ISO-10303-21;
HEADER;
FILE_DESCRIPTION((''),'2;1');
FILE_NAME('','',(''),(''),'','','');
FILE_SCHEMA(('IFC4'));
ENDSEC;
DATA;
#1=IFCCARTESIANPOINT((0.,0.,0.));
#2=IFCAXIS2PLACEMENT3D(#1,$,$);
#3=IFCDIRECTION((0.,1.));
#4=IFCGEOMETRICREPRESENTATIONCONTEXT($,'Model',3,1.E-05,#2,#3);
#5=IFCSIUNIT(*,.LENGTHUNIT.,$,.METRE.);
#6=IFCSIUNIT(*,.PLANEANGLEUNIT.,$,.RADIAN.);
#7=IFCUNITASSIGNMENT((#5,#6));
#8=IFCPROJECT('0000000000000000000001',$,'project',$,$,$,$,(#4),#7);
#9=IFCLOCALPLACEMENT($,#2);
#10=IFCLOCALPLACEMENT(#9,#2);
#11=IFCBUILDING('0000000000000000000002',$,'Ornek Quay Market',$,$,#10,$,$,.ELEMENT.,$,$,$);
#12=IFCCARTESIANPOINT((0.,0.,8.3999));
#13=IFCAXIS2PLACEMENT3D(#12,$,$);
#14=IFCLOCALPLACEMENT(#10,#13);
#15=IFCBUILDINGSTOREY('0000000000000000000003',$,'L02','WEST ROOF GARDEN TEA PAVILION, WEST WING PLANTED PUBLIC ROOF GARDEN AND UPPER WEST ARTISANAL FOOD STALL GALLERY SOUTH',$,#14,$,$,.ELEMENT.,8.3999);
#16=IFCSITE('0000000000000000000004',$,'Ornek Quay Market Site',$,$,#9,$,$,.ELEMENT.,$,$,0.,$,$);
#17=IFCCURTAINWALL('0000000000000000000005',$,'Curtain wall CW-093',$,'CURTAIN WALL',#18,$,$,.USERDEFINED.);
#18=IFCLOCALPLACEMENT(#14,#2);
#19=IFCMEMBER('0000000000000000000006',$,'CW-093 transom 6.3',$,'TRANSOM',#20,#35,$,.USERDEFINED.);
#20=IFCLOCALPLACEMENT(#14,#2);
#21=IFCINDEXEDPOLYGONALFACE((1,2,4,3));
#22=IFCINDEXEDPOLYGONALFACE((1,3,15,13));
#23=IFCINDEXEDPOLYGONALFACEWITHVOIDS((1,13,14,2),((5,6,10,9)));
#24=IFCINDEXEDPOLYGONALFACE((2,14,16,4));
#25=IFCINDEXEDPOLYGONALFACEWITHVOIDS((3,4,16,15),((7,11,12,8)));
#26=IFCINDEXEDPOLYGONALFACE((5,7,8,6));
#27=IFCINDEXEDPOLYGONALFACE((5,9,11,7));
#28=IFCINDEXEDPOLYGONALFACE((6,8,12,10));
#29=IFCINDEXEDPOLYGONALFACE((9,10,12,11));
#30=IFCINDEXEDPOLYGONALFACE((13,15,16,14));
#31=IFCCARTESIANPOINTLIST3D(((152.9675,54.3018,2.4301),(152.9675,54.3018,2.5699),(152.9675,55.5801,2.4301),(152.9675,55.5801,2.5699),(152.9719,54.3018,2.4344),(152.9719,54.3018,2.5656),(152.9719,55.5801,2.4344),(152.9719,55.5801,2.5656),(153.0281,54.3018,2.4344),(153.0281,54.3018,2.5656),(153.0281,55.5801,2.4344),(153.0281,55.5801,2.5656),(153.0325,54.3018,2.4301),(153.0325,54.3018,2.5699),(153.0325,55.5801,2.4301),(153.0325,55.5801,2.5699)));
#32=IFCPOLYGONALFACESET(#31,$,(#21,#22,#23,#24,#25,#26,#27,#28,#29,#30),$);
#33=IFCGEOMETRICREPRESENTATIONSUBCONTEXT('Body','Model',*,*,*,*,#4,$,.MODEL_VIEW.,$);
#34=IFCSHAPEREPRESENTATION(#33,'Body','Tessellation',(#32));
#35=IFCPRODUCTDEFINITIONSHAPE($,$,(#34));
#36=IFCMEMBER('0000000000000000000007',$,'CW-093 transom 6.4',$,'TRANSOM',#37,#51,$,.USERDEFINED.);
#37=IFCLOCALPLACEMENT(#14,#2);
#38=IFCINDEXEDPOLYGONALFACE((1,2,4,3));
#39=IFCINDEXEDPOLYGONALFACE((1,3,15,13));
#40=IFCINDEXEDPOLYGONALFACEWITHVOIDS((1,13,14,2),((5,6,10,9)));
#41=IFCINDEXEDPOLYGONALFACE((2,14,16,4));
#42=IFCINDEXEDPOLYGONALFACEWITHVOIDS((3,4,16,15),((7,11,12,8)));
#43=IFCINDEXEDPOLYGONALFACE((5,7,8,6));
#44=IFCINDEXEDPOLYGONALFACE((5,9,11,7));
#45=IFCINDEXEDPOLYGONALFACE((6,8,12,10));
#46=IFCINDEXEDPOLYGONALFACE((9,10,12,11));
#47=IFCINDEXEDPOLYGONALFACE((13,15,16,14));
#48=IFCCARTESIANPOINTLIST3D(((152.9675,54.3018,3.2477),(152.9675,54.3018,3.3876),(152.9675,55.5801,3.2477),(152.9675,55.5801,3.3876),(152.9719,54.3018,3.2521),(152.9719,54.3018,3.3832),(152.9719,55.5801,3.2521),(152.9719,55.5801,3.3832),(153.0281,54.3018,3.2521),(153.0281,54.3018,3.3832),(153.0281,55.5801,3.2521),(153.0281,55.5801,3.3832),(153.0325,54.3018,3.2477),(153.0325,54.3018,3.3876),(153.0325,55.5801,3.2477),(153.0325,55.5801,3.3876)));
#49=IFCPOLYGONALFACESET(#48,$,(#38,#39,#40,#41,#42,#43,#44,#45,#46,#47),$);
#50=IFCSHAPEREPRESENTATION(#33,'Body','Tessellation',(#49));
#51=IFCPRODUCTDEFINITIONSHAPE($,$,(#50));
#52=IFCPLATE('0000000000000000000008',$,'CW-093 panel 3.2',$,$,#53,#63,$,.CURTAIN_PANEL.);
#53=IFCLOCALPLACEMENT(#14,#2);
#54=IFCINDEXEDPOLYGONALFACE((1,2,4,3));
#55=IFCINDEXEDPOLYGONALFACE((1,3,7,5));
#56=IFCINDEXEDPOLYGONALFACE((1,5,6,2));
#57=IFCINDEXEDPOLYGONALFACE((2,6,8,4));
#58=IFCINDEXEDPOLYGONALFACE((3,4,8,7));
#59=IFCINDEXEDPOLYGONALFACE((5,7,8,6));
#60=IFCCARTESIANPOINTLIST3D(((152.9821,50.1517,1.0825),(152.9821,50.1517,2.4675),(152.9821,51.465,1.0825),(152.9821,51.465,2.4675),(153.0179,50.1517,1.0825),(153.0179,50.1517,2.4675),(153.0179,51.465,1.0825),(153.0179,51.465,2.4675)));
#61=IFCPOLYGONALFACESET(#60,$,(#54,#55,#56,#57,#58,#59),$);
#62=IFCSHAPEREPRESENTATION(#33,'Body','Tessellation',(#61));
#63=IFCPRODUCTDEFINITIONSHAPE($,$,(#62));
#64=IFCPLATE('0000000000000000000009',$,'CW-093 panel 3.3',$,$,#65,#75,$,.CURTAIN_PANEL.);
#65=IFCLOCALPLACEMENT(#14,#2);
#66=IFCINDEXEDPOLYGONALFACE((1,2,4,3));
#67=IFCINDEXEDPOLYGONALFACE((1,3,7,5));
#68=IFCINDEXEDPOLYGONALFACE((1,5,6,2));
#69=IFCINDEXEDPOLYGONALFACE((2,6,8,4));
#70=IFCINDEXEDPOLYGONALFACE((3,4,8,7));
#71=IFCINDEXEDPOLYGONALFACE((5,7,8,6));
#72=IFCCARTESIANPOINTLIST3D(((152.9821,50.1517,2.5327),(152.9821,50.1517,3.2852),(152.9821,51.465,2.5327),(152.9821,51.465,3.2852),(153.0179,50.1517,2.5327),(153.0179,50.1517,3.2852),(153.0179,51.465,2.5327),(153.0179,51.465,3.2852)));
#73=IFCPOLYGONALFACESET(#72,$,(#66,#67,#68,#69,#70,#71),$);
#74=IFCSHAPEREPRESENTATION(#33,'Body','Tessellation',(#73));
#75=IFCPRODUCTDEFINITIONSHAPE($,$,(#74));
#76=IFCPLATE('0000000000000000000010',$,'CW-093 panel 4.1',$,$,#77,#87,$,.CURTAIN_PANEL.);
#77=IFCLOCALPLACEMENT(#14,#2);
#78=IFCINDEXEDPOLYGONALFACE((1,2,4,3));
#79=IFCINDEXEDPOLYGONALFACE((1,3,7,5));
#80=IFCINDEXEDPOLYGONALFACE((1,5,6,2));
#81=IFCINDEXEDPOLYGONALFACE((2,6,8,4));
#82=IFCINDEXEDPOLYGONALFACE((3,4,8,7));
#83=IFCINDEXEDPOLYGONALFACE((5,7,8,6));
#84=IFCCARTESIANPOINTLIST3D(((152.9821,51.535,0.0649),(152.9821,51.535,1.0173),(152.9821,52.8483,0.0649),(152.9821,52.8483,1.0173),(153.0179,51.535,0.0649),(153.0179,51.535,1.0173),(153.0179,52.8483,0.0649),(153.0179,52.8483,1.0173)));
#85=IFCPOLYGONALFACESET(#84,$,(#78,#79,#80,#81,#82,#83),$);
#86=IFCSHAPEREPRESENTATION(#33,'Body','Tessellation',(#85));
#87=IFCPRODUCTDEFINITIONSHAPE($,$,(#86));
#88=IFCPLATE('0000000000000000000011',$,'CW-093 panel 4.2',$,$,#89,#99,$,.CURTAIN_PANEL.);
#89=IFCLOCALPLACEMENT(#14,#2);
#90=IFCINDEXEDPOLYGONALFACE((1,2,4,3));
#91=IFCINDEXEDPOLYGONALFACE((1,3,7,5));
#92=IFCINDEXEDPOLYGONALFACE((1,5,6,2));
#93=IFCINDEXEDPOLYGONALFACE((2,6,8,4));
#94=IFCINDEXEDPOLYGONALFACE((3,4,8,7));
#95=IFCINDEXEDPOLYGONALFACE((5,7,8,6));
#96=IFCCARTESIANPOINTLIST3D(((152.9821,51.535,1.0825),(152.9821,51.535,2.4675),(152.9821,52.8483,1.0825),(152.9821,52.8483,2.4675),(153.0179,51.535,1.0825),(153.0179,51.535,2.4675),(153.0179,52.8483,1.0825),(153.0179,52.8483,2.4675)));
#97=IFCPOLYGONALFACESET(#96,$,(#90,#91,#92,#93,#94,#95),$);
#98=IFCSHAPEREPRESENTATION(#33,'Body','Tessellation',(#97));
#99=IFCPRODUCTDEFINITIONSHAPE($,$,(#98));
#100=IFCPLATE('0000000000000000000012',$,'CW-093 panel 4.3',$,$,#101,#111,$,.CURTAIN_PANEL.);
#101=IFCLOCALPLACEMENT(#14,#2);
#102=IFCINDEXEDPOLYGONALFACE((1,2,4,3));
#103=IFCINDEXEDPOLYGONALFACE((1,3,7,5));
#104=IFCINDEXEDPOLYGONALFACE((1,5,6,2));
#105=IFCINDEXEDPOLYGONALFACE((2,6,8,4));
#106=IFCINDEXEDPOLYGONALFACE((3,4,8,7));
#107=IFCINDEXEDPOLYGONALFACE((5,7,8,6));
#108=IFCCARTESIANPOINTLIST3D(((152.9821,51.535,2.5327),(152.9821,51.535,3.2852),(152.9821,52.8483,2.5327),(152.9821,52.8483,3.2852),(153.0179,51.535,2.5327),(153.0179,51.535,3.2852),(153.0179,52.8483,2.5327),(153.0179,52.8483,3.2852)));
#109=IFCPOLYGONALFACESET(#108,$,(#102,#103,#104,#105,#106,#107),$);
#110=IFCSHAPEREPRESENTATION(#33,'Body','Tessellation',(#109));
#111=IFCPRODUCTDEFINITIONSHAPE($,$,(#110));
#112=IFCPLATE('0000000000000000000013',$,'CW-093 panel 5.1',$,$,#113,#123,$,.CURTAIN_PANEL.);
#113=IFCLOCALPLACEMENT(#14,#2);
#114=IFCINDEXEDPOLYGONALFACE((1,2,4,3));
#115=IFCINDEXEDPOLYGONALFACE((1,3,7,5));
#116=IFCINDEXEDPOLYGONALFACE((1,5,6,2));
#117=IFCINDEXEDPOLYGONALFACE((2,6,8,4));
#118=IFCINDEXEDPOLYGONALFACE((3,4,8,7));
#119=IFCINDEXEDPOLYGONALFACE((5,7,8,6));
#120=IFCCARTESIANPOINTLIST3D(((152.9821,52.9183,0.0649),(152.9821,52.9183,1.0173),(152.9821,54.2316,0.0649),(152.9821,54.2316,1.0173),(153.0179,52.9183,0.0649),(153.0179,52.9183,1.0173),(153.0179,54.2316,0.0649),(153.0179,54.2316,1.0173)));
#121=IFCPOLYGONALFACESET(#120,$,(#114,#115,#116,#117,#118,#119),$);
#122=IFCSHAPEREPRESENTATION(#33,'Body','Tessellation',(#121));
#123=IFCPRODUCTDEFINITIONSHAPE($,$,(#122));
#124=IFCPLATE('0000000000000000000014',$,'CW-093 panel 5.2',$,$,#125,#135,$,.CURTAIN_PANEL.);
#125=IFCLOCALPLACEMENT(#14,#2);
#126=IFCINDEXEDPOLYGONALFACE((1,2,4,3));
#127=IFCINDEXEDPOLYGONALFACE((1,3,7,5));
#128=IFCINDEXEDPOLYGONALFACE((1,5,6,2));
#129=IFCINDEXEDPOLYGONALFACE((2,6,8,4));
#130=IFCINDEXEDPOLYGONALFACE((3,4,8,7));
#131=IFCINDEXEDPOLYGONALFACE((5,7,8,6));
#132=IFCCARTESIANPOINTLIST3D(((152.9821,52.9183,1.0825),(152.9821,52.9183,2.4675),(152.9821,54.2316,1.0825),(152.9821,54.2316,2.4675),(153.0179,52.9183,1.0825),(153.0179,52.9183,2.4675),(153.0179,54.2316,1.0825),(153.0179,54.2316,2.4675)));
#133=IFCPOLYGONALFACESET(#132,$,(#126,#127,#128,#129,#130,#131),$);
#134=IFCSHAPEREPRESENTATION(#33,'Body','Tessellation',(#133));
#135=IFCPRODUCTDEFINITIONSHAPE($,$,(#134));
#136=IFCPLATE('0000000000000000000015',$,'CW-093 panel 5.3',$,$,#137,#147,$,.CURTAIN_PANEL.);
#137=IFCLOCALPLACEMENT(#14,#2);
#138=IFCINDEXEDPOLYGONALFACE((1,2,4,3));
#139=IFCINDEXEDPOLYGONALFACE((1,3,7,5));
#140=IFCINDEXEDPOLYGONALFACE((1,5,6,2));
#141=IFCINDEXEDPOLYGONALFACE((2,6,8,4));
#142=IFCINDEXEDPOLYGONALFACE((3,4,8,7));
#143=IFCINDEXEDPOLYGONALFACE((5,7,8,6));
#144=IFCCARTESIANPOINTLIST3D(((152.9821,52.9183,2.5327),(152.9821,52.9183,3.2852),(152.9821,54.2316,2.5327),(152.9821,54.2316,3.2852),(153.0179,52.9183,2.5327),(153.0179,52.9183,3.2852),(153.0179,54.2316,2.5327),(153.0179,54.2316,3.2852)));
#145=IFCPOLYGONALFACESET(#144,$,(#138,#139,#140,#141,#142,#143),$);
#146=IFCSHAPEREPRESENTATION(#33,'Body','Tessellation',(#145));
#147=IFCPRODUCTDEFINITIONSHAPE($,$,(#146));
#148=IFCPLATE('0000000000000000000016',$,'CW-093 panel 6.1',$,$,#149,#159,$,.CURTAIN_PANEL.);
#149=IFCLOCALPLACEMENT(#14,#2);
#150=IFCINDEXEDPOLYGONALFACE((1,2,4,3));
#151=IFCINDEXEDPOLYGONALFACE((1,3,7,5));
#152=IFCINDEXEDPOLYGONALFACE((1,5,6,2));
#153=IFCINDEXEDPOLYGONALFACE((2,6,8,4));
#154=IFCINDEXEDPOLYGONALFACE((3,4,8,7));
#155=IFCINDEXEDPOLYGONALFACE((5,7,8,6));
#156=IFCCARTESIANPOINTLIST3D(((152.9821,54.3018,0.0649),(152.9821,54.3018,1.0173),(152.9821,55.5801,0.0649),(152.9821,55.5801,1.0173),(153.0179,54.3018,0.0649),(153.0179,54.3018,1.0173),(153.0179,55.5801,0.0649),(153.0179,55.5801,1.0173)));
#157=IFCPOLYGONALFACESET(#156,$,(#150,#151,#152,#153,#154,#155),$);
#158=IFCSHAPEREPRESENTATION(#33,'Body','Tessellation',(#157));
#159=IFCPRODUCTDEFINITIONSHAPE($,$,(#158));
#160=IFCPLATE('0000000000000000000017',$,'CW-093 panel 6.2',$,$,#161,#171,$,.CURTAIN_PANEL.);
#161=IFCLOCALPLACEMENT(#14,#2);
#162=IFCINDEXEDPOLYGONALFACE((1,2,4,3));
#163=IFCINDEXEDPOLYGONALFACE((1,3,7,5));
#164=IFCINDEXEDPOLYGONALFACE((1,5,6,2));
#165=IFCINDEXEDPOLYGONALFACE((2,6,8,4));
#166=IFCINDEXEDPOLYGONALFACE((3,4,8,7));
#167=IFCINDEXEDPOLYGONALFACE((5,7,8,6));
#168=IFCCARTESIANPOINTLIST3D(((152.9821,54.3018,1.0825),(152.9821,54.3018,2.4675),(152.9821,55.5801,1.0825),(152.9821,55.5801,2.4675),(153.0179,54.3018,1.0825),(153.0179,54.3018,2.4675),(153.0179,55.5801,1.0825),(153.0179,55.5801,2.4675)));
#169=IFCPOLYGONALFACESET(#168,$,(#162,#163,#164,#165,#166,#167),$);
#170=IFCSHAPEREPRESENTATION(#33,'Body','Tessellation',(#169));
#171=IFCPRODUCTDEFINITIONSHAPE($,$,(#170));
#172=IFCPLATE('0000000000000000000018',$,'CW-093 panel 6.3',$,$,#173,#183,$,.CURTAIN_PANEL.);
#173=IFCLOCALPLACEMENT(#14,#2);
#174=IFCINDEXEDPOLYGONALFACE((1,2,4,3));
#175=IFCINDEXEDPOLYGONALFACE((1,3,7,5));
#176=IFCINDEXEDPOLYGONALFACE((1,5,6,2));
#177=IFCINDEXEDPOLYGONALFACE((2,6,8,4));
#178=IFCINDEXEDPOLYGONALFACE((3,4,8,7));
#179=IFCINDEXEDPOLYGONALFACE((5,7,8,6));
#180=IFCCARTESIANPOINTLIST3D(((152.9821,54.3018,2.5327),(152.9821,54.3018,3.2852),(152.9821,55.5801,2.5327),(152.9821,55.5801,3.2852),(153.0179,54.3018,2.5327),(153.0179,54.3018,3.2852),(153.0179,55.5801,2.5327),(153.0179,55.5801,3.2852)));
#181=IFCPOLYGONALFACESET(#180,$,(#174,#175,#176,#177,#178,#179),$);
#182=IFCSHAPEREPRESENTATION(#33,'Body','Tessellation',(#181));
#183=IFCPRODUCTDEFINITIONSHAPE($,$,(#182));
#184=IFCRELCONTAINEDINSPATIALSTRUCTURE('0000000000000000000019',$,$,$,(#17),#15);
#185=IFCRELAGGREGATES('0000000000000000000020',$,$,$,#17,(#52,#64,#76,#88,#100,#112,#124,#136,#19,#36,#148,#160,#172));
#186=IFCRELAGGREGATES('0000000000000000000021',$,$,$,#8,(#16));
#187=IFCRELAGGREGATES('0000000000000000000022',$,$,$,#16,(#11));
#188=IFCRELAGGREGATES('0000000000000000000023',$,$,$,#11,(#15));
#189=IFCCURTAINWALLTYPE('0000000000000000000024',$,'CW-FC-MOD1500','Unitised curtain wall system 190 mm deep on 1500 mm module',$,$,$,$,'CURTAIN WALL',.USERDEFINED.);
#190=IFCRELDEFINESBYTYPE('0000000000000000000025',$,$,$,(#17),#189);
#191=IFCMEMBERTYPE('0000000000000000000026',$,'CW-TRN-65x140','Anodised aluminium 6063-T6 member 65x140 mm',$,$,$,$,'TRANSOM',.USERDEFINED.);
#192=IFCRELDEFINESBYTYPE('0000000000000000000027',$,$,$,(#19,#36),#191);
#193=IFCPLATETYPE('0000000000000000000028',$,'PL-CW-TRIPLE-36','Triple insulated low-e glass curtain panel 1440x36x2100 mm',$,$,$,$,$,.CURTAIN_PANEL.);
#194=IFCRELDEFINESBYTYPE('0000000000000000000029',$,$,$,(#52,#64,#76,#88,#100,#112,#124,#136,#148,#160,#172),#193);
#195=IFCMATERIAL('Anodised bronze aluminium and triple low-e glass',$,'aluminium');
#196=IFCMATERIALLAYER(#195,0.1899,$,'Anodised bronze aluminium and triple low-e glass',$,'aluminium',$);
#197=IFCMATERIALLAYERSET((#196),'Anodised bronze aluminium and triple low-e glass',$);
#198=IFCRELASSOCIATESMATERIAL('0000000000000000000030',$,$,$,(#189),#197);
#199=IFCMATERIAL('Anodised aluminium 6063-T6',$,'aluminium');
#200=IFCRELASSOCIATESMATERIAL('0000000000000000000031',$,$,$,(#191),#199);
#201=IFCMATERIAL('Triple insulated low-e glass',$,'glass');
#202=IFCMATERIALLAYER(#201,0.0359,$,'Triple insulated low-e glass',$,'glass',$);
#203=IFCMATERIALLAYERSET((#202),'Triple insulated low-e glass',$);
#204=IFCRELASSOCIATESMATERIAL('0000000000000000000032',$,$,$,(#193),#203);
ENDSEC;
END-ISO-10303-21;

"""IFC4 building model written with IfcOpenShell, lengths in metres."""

from ifc_helpers import new_model, si_unit, direction, frame, origin, origin_2d, place, context, subcontext, project, spatial, rectangle, hollow_rectangle, extrude, material, layer, layer_set, material_profile, profile_set, type_object, element, aggregate, save


model = new_model("IFC4")

# Units and contexts
model_context = context("Model", 3, precision=1e-05, world=origin(), true_north=direction((0.0, 1.0)))
body_context = subcontext(model_context, "Body", "Model", "MODEL_VIEW")
ifc_project = project(units=[si_unit("LENGTHUNIT", "METRE"), si_unit("PLANEANGLEUNIT", "RADIAN")], contexts=[model_context])

# Site, building, storey
site_placement = place(None, origin())
site = spatial("IfcSite", under=ifc_project, at=site_placement, Name="Ornek Quay Market Site", CompositionType="ELEMENT", RefElevation=0.0)
building_placement = place(site_placement, origin())
building = spatial("IfcBuilding", under=site, at=building_placement, Name="Ornek Quay Market", CompositionType="ELEMENT")
storey_placement = place(building_placement, frame((0.0, 0.0, 8.3999)))
storey = spatial("IfcBuildingStorey", under=building, at=storey_placement, Name="L02", Description="WEST ROOF GARDEN TEA PAVILION, WEST WING PLANTED PUBLIC ROOF GARDEN AND UPPER WEST ARTISANAL FOOD STALL GALLERY SOUTH", CompositionType="ELEMENT", Elevation=8.3999)

# Curtain wall, members, plates
ifc_material_1 = material(Name="Anodised bronze aluminium and triple low-e glass", Category="aluminium")
ifc_layer_1 = layer(ifc_material_1, 0.1899, Name="Anodised bronze aluminium and triple low-e glass", Category="aluminium")
ifc_layer_set_1 = layer_set([ifc_layer_1], Name="Anodised bronze aluminium and triple low-e glass")
curtain_wall_type = type_object("IfcCurtainWallType", Name="CW-FC-MOD1500", Description="Unitised curtain wall system 190 mm deep on 1500 mm module", ElementType="CURTAIN WALL", PredefinedType="USERDEFINED", material=ifc_layer_set_1)
curtain_wall_placement = place(storey_placement, origin())
curtain_wall = element("IfcCurtainWall", 1, at=curtain_wall_placement, inside=storey, type_object=curtain_wall_type, Name="Curtain wall CW-093", ObjectType="CURTAIN WALL", PredefinedType="USERDEFINED")
ifc_material_2 = material(Name="Anodised aluminium 6063-T6", Category="aluminium")
ifc_material_profile_1 = material_profile(ifc_material_2, hollow_rectangle(XDim=0.0649, YDim=0.1399, WallThickness=0.0044, at=origin_2d()), Name="CW-TRN-65x140", Category="aluminium")
ifc_profile_set_1 = profile_set([ifc_material_profile_1], Name="Anodised aluminium 6063-T6")
member_type_1 = type_object("IfcMemberType", Name="CW-TRN-65x140", Description="Anodised aluminium 6063-T6 member 65x140 mm", ElementType="TRANSOM", PredefinedType="USERDEFINED", material=ifc_profile_set_1)
member_1_placement = place(storey_placement, frame((153.0, 54.3018, 2.5), z_axis=(0.0, 1.0, 0.0), x_axis=(-1.0, 0.0, 0.0)))
member_1 = element("IfcMember", 2, at=member_1_placement, type_object=member_type_1, Name="CW-093 transom 6.3", ObjectType="TRANSOM", PredefinedType="USERDEFINED", context=body_context, shape_type="SweptSolid", body=[
    extrude(hollow_rectangle(XDim=0.0649, YDim=0.1399, WallThickness=0.0044, at=origin_2d()), origin(), (0.0, 0.0, 1.0), 1.2783),
])
member_2_placement = place(storey_placement, frame((153.0, 54.3018, 3.3176), z_axis=(0.0, 1.0, 0.0), x_axis=(-1.0, 0.0, 0.0)))
member_2 = element("IfcMember", 3, at=member_2_placement, type_object=member_type_1, Name="CW-093 transom 6.4", ObjectType="TRANSOM", PredefinedType="USERDEFINED", context=body_context, shape_type="SweptSolid", body=[
    extrude(hollow_rectangle(XDim=0.0649, YDim=0.1399, WallThickness=0.0044, at=origin_2d()), origin(), (0.0, 0.0, 1.0), 1.2783),
])
ifc_material_3 = material(Name="Triple insulated low-e glass", Category="glass")
ifc_layer_2 = layer(ifc_material_3, 0.0359, Name="Triple insulated low-e glass", Category="glass")
ifc_layer_set_2 = layer_set([ifc_layer_2], Name="Triple insulated low-e glass")
plate_type = type_object("IfcPlateType", Name="PL-CW-TRIPLE-36", Description="Triple insulated low-e glass curtain panel 1440x36x2100 mm", PredefinedType="CURTAIN_PANEL", material=ifc_layer_set_2)
plate_1_placement = place(storey_placement, frame((153.0, 50.8083, 1.0825), z_axis=(0.0, 0.0, 1.0), x_axis=(0.0, 1.0, 0.0)))
plate_1 = element("IfcPlate", 4, at=plate_1_placement, type_object=plate_type, Name="CW-093 panel 3.2", PredefinedType="CURTAIN_PANEL", context=body_context, shape_type="SweptSolid", body=[
    extrude(rectangle(XDim=1.3132, YDim=0.0359, at=origin_2d()), origin(), (0.0, 0.0, 1.0), 1.385),
])
plate_2_placement = place(storey_placement, frame((153.0, 50.8083, 2.5327), z_axis=(0.0, 0.0, 1.0), x_axis=(0.0, 1.0, 0.0)))
plate_2 = element("IfcPlate", 5, at=plate_2_placement, type_object=plate_type, Name="CW-093 panel 3.3", PredefinedType="CURTAIN_PANEL", context=body_context, shape_type="SweptSolid", body=[
    extrude(rectangle(XDim=1.3132, YDim=0.0359, at=origin_2d()), origin(), (0.0, 0.0, 1.0), 0.7524),
])
plate_3_placement = place(storey_placement, frame((153.0, 52.1917, 0.0649), z_axis=(0.0, 0.0, 1.0), x_axis=(0.0, 1.0, 0.0)))
plate_3 = element("IfcPlate", 6, at=plate_3_placement, type_object=plate_type, Name="CW-093 panel 4.1", PredefinedType="CURTAIN_PANEL", context=body_context, shape_type="SweptSolid", body=[
    extrude(rectangle(XDim=1.3132, YDim=0.0359, at=origin_2d()), origin(), (0.0, 0.0, 1.0), 0.9524),
])
plate_4_placement = place(storey_placement, frame((153.0, 52.1917, 1.0825), z_axis=(0.0, 0.0, 1.0), x_axis=(0.0, 1.0, 0.0)))
plate_4 = element("IfcPlate", 7, at=plate_4_placement, type_object=plate_type, Name="CW-093 panel 4.2", PredefinedType="CURTAIN_PANEL", context=body_context, shape_type="SweptSolid", body=[
    extrude(rectangle(XDim=1.3132, YDim=0.0359, at=origin_2d()), origin(), (0.0, 0.0, 1.0), 1.385),
])
plate_5_placement = place(storey_placement, frame((153.0, 52.1917, 2.5327), z_axis=(0.0, 0.0, 1.0), x_axis=(0.0, 1.0, 0.0)))
plate_5 = element("IfcPlate", 8, at=plate_5_placement, type_object=plate_type, Name="CW-093 panel 4.3", PredefinedType="CURTAIN_PANEL", context=body_context, shape_type="SweptSolid", body=[
    extrude(rectangle(XDim=1.3132, YDim=0.0359, at=origin_2d()), origin(), (0.0, 0.0, 1.0), 0.7524),
])
plate_6_placement = place(storey_placement, frame((153.0, 53.575, 0.0649), z_axis=(0.0, 0.0, 1.0), x_axis=(0.0, 1.0, 0.0)))
plate_6 = element("IfcPlate", 9, at=plate_6_placement, type_object=plate_type, Name="CW-093 panel 5.1", PredefinedType="CURTAIN_PANEL", context=body_context, shape_type="SweptSolid", body=[
    extrude(rectangle(XDim=1.3132, YDim=0.0359, at=origin_2d()), origin(), (0.0, 0.0, 1.0), 0.9524),
])
plate_7_placement = place(storey_placement, frame((153.0, 53.575, 1.0825), z_axis=(0.0, 0.0, 1.0), x_axis=(0.0, 1.0, 0.0)))
plate_7 = element("IfcPlate", 10, at=plate_7_placement, type_object=plate_type, Name="CW-093 panel 5.2", PredefinedType="CURTAIN_PANEL", context=body_context, shape_type="SweptSolid", body=[
    extrude(rectangle(XDim=1.3132, YDim=0.0359, at=origin_2d()), origin(), (0.0, 0.0, 1.0), 1.385),
])
plate_8_placement = place(storey_placement, frame((153.0, 53.575, 2.5327), z_axis=(0.0, 0.0, 1.0), x_axis=(0.0, 1.0, 0.0)))
plate_8 = element("IfcPlate", 11, at=plate_8_placement, type_object=plate_type, Name="CW-093 panel 5.3", PredefinedType="CURTAIN_PANEL", context=body_context, shape_type="SweptSolid", body=[
    extrude(rectangle(XDim=1.3132, YDim=0.0359, at=origin_2d()), origin(), (0.0, 0.0, 1.0), 0.7524),
])
plate_9_placement = place(storey_placement, frame((153.0, 54.9409, 0.0649), z_axis=(0.0, 0.0, 1.0), x_axis=(0.0, 1.0, 0.0)))
plate_9 = element("IfcPlate", 12, at=plate_9_placement, type_object=plate_type, Name="CW-093 panel 6.1", PredefinedType="CURTAIN_PANEL", context=body_context, shape_type="SweptSolid", body=[
    extrude(rectangle(XDim=1.2783, YDim=0.0359, at=origin_2d()), origin(), (0.0, 0.0, 1.0), 0.9524),
])
plate_10_placement = place(storey_placement, frame((153.0, 54.9409, 1.0825), z_axis=(0.0, 0.0, 1.0), x_axis=(0.0, 1.0, 0.0)))
plate_10 = element("IfcPlate", 13, at=plate_10_placement, type_object=plate_type, Name="CW-093 panel 6.2", PredefinedType="CURTAIN_PANEL", context=body_context, shape_type="SweptSolid", body=[
    extrude(rectangle(XDim=1.2783, YDim=0.0359, at=origin_2d()), origin(), (0.0, 0.0, 1.0), 1.385),
])
plate_11_placement = place(storey_placement, frame((153.0, 54.9409, 2.5327), z_axis=(0.0, 0.0, 1.0), x_axis=(0.0, 1.0, 0.0)))
plate_11 = element("IfcPlate", 14, at=plate_11_placement, type_object=plate_type, Name="CW-093 panel 6.3", PredefinedType="CURTAIN_PANEL", context=body_context, shape_type="SweptSolid", body=[
    extrude(rectangle(XDim=1.2783, YDim=0.0359, at=origin_2d()), origin(), (0.0, 0.0, 1.0), 0.7524),
])
aggregate(curtain_wall, [plate_1, plate_2, plate_3, plate_4, plate_5, plate_6, plate_7, plate_8, member_1, member_2, plate_9, plate_10, plate_11])

save(model, "model.ifc")
